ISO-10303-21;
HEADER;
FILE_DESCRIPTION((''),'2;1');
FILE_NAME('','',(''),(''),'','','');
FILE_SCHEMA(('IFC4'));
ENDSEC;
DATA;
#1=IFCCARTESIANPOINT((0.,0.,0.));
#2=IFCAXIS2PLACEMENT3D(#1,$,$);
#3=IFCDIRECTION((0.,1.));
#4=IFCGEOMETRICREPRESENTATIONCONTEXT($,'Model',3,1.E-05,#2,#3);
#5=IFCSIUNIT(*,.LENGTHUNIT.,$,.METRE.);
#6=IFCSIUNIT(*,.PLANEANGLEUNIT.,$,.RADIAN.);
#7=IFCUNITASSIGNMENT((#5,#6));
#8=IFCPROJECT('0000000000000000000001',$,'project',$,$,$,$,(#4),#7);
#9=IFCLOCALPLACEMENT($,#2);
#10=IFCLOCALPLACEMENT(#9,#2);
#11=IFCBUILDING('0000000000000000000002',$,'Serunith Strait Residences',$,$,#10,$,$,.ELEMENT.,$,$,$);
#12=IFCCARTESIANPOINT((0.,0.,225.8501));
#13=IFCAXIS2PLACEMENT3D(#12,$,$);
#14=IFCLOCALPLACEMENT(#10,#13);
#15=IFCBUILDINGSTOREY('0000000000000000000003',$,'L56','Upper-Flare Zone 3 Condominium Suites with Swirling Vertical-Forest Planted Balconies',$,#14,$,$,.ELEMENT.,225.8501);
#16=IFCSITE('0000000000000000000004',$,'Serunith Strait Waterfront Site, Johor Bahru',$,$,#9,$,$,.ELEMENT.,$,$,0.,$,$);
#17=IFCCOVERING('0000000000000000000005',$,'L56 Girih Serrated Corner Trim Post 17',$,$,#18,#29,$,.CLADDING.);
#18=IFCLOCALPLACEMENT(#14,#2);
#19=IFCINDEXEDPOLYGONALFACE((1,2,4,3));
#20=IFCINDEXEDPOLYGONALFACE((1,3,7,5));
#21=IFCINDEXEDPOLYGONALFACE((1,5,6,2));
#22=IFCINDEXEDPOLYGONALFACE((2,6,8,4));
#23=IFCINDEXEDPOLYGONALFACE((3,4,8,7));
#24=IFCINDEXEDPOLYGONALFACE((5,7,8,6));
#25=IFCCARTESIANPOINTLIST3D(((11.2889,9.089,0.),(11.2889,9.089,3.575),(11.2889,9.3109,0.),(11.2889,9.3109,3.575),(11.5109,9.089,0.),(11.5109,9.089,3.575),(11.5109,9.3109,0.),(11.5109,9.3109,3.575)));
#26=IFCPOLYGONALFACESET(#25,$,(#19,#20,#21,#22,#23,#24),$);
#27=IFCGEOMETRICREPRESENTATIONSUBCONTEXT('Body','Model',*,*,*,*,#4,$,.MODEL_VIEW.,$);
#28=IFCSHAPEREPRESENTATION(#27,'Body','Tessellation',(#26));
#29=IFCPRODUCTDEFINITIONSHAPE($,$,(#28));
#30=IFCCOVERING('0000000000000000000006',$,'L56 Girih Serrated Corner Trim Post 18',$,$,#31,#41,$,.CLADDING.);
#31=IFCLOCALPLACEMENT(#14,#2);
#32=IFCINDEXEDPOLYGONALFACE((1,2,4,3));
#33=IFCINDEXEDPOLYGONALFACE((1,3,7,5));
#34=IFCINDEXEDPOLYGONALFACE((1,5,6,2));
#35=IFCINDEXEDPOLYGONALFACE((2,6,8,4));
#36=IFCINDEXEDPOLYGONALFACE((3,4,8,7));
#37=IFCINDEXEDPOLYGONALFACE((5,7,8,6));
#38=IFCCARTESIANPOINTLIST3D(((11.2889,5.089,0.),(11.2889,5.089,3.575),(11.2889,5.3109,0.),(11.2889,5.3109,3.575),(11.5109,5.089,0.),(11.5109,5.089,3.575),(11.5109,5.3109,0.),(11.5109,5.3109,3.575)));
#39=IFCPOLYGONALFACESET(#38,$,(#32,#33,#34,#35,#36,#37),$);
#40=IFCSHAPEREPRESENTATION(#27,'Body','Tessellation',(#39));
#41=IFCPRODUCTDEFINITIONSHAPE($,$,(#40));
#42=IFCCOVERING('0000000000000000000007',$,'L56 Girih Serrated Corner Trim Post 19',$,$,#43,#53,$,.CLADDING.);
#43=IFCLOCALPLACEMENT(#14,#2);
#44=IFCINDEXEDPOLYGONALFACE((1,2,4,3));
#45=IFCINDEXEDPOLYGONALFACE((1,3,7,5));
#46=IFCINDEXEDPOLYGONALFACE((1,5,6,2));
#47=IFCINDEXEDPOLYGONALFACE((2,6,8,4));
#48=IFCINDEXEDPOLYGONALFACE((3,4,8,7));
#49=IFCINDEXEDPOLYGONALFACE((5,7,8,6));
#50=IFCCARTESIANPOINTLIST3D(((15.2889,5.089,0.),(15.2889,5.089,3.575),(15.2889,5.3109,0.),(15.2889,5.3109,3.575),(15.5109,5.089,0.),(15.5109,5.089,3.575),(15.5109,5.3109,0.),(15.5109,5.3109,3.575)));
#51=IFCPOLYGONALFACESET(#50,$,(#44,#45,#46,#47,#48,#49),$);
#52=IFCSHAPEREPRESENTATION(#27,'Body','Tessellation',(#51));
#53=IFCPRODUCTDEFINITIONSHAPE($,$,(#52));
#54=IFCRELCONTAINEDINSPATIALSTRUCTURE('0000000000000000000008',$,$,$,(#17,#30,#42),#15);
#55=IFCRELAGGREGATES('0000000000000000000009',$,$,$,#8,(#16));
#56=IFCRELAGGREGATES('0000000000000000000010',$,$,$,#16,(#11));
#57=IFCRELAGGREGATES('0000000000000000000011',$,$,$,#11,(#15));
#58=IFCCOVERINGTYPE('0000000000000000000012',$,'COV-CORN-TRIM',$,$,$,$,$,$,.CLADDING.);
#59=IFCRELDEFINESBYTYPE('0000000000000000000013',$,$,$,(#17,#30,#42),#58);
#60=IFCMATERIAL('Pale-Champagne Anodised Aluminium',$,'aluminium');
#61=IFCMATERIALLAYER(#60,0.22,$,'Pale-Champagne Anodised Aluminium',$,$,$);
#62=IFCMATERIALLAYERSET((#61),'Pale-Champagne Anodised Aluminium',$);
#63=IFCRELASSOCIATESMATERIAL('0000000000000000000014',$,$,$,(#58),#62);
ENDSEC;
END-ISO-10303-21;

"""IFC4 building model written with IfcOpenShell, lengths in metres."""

from ifc_helpers import new_model, si_unit, direction, frame, origin, origin_2d, place, context, subcontext, project, spatial, rectangle, extrude, source, transform, mapped, material, layer, layer_set, type_object, element, save


model = new_model("IFC4")

# Units and contexts
model_context = context("Model", 3, precision=1e-05, world=origin(), true_north=direction((0.0, 1.0)))
body_context = subcontext(model_context, "Body", "Model", "MODEL_VIEW")
ifc_project = project(units=[si_unit("LENGTHUNIT", "METRE"), si_unit("PLANEANGLEUNIT", "RADIAN")], contexts=[model_context])

# Site, building, storey
site_placement = place(None, origin())
site = spatial("IfcSite", under=ifc_project, at=site_placement, Name="Serunith Strait Waterfront Site, Johor Bahru", CompositionType="ELEMENT", RefElevation=0.0)
building_placement = place(site_placement, origin())
building = spatial("IfcBuilding", under=site, at=building_placement, Name="Serunith Strait Residences", CompositionType="ELEMENT")
storey_placement = place(building_placement, frame((0.0, 0.0, 225.8501)))
storey = spatial("IfcBuildingStorey", under=building, at=storey_placement, Name="L56", Description="Upper-Flare Zone 3 Condominium Suites with Swirling Vertical-Forest Planted Balconies", CompositionType="ELEMENT", Elevation=225.8501)

# Shared definitions
ifc_material_1 = material(Name="Pale-Champagne Anodised Aluminium", Category="aluminium")

# Coverings
ifc_layer_1 = layer(ifc_material_1, 0.22, Name="Pale-Champagne Anodised Aluminium")
ifc_layer_set_1 = layer_set([ifc_layer_1], Name="Pale-Champagne Anodised Aluminium")
covering_type_1 = type_object("IfcCoveringType", Name="COV-CORN-TRIM", PredefinedType="CLADDING", material=ifc_layer_set_1)
shared_shape_1 = source(origin(), body_context, "Body", "SweptSolid", [
    extrude(rectangle(XDim=0.2219, YDim=0.2219, at=origin_2d()), origin(), (0.0, 0.0, 1.0), 3.575),
])
for number, where, z_axis, x_axis, name in (
    (1, (11.3999, 9.2, 0.0), (0.0, 0.0, 1.0), (1.0, 0.0, 0.0), "L56 Girih Serrated Corner Trim Post 17"),
    (2, (11.3999, 5.2, 0.0), (0.0, 0.0, 1.0), (1.0, 0.0, 0.0), "L56 Girih Serrated Corner Trim Post 18"),
    (3, (15.3999, 5.2, 0.0), (0.0, 0.0, 1.0), (1.0, 0.0, 0.0), "L56 Girih Serrated Corner Trim Post 19"),
):
    element("IfcCovering", number, at=place(storey_placement, frame(where, z_axis=z_axis, x_axis=x_axis)), inside=storey, type_object=covering_type_1, Name=name, PredefinedType="CLADDING", context=body_context, shape_type="MappedRepresentation", body=[
        mapped(shared_shape_1, transform((0.0, 0.0, 0.0), scale=1.0)),
    ])

save(model, "model.ifc")
